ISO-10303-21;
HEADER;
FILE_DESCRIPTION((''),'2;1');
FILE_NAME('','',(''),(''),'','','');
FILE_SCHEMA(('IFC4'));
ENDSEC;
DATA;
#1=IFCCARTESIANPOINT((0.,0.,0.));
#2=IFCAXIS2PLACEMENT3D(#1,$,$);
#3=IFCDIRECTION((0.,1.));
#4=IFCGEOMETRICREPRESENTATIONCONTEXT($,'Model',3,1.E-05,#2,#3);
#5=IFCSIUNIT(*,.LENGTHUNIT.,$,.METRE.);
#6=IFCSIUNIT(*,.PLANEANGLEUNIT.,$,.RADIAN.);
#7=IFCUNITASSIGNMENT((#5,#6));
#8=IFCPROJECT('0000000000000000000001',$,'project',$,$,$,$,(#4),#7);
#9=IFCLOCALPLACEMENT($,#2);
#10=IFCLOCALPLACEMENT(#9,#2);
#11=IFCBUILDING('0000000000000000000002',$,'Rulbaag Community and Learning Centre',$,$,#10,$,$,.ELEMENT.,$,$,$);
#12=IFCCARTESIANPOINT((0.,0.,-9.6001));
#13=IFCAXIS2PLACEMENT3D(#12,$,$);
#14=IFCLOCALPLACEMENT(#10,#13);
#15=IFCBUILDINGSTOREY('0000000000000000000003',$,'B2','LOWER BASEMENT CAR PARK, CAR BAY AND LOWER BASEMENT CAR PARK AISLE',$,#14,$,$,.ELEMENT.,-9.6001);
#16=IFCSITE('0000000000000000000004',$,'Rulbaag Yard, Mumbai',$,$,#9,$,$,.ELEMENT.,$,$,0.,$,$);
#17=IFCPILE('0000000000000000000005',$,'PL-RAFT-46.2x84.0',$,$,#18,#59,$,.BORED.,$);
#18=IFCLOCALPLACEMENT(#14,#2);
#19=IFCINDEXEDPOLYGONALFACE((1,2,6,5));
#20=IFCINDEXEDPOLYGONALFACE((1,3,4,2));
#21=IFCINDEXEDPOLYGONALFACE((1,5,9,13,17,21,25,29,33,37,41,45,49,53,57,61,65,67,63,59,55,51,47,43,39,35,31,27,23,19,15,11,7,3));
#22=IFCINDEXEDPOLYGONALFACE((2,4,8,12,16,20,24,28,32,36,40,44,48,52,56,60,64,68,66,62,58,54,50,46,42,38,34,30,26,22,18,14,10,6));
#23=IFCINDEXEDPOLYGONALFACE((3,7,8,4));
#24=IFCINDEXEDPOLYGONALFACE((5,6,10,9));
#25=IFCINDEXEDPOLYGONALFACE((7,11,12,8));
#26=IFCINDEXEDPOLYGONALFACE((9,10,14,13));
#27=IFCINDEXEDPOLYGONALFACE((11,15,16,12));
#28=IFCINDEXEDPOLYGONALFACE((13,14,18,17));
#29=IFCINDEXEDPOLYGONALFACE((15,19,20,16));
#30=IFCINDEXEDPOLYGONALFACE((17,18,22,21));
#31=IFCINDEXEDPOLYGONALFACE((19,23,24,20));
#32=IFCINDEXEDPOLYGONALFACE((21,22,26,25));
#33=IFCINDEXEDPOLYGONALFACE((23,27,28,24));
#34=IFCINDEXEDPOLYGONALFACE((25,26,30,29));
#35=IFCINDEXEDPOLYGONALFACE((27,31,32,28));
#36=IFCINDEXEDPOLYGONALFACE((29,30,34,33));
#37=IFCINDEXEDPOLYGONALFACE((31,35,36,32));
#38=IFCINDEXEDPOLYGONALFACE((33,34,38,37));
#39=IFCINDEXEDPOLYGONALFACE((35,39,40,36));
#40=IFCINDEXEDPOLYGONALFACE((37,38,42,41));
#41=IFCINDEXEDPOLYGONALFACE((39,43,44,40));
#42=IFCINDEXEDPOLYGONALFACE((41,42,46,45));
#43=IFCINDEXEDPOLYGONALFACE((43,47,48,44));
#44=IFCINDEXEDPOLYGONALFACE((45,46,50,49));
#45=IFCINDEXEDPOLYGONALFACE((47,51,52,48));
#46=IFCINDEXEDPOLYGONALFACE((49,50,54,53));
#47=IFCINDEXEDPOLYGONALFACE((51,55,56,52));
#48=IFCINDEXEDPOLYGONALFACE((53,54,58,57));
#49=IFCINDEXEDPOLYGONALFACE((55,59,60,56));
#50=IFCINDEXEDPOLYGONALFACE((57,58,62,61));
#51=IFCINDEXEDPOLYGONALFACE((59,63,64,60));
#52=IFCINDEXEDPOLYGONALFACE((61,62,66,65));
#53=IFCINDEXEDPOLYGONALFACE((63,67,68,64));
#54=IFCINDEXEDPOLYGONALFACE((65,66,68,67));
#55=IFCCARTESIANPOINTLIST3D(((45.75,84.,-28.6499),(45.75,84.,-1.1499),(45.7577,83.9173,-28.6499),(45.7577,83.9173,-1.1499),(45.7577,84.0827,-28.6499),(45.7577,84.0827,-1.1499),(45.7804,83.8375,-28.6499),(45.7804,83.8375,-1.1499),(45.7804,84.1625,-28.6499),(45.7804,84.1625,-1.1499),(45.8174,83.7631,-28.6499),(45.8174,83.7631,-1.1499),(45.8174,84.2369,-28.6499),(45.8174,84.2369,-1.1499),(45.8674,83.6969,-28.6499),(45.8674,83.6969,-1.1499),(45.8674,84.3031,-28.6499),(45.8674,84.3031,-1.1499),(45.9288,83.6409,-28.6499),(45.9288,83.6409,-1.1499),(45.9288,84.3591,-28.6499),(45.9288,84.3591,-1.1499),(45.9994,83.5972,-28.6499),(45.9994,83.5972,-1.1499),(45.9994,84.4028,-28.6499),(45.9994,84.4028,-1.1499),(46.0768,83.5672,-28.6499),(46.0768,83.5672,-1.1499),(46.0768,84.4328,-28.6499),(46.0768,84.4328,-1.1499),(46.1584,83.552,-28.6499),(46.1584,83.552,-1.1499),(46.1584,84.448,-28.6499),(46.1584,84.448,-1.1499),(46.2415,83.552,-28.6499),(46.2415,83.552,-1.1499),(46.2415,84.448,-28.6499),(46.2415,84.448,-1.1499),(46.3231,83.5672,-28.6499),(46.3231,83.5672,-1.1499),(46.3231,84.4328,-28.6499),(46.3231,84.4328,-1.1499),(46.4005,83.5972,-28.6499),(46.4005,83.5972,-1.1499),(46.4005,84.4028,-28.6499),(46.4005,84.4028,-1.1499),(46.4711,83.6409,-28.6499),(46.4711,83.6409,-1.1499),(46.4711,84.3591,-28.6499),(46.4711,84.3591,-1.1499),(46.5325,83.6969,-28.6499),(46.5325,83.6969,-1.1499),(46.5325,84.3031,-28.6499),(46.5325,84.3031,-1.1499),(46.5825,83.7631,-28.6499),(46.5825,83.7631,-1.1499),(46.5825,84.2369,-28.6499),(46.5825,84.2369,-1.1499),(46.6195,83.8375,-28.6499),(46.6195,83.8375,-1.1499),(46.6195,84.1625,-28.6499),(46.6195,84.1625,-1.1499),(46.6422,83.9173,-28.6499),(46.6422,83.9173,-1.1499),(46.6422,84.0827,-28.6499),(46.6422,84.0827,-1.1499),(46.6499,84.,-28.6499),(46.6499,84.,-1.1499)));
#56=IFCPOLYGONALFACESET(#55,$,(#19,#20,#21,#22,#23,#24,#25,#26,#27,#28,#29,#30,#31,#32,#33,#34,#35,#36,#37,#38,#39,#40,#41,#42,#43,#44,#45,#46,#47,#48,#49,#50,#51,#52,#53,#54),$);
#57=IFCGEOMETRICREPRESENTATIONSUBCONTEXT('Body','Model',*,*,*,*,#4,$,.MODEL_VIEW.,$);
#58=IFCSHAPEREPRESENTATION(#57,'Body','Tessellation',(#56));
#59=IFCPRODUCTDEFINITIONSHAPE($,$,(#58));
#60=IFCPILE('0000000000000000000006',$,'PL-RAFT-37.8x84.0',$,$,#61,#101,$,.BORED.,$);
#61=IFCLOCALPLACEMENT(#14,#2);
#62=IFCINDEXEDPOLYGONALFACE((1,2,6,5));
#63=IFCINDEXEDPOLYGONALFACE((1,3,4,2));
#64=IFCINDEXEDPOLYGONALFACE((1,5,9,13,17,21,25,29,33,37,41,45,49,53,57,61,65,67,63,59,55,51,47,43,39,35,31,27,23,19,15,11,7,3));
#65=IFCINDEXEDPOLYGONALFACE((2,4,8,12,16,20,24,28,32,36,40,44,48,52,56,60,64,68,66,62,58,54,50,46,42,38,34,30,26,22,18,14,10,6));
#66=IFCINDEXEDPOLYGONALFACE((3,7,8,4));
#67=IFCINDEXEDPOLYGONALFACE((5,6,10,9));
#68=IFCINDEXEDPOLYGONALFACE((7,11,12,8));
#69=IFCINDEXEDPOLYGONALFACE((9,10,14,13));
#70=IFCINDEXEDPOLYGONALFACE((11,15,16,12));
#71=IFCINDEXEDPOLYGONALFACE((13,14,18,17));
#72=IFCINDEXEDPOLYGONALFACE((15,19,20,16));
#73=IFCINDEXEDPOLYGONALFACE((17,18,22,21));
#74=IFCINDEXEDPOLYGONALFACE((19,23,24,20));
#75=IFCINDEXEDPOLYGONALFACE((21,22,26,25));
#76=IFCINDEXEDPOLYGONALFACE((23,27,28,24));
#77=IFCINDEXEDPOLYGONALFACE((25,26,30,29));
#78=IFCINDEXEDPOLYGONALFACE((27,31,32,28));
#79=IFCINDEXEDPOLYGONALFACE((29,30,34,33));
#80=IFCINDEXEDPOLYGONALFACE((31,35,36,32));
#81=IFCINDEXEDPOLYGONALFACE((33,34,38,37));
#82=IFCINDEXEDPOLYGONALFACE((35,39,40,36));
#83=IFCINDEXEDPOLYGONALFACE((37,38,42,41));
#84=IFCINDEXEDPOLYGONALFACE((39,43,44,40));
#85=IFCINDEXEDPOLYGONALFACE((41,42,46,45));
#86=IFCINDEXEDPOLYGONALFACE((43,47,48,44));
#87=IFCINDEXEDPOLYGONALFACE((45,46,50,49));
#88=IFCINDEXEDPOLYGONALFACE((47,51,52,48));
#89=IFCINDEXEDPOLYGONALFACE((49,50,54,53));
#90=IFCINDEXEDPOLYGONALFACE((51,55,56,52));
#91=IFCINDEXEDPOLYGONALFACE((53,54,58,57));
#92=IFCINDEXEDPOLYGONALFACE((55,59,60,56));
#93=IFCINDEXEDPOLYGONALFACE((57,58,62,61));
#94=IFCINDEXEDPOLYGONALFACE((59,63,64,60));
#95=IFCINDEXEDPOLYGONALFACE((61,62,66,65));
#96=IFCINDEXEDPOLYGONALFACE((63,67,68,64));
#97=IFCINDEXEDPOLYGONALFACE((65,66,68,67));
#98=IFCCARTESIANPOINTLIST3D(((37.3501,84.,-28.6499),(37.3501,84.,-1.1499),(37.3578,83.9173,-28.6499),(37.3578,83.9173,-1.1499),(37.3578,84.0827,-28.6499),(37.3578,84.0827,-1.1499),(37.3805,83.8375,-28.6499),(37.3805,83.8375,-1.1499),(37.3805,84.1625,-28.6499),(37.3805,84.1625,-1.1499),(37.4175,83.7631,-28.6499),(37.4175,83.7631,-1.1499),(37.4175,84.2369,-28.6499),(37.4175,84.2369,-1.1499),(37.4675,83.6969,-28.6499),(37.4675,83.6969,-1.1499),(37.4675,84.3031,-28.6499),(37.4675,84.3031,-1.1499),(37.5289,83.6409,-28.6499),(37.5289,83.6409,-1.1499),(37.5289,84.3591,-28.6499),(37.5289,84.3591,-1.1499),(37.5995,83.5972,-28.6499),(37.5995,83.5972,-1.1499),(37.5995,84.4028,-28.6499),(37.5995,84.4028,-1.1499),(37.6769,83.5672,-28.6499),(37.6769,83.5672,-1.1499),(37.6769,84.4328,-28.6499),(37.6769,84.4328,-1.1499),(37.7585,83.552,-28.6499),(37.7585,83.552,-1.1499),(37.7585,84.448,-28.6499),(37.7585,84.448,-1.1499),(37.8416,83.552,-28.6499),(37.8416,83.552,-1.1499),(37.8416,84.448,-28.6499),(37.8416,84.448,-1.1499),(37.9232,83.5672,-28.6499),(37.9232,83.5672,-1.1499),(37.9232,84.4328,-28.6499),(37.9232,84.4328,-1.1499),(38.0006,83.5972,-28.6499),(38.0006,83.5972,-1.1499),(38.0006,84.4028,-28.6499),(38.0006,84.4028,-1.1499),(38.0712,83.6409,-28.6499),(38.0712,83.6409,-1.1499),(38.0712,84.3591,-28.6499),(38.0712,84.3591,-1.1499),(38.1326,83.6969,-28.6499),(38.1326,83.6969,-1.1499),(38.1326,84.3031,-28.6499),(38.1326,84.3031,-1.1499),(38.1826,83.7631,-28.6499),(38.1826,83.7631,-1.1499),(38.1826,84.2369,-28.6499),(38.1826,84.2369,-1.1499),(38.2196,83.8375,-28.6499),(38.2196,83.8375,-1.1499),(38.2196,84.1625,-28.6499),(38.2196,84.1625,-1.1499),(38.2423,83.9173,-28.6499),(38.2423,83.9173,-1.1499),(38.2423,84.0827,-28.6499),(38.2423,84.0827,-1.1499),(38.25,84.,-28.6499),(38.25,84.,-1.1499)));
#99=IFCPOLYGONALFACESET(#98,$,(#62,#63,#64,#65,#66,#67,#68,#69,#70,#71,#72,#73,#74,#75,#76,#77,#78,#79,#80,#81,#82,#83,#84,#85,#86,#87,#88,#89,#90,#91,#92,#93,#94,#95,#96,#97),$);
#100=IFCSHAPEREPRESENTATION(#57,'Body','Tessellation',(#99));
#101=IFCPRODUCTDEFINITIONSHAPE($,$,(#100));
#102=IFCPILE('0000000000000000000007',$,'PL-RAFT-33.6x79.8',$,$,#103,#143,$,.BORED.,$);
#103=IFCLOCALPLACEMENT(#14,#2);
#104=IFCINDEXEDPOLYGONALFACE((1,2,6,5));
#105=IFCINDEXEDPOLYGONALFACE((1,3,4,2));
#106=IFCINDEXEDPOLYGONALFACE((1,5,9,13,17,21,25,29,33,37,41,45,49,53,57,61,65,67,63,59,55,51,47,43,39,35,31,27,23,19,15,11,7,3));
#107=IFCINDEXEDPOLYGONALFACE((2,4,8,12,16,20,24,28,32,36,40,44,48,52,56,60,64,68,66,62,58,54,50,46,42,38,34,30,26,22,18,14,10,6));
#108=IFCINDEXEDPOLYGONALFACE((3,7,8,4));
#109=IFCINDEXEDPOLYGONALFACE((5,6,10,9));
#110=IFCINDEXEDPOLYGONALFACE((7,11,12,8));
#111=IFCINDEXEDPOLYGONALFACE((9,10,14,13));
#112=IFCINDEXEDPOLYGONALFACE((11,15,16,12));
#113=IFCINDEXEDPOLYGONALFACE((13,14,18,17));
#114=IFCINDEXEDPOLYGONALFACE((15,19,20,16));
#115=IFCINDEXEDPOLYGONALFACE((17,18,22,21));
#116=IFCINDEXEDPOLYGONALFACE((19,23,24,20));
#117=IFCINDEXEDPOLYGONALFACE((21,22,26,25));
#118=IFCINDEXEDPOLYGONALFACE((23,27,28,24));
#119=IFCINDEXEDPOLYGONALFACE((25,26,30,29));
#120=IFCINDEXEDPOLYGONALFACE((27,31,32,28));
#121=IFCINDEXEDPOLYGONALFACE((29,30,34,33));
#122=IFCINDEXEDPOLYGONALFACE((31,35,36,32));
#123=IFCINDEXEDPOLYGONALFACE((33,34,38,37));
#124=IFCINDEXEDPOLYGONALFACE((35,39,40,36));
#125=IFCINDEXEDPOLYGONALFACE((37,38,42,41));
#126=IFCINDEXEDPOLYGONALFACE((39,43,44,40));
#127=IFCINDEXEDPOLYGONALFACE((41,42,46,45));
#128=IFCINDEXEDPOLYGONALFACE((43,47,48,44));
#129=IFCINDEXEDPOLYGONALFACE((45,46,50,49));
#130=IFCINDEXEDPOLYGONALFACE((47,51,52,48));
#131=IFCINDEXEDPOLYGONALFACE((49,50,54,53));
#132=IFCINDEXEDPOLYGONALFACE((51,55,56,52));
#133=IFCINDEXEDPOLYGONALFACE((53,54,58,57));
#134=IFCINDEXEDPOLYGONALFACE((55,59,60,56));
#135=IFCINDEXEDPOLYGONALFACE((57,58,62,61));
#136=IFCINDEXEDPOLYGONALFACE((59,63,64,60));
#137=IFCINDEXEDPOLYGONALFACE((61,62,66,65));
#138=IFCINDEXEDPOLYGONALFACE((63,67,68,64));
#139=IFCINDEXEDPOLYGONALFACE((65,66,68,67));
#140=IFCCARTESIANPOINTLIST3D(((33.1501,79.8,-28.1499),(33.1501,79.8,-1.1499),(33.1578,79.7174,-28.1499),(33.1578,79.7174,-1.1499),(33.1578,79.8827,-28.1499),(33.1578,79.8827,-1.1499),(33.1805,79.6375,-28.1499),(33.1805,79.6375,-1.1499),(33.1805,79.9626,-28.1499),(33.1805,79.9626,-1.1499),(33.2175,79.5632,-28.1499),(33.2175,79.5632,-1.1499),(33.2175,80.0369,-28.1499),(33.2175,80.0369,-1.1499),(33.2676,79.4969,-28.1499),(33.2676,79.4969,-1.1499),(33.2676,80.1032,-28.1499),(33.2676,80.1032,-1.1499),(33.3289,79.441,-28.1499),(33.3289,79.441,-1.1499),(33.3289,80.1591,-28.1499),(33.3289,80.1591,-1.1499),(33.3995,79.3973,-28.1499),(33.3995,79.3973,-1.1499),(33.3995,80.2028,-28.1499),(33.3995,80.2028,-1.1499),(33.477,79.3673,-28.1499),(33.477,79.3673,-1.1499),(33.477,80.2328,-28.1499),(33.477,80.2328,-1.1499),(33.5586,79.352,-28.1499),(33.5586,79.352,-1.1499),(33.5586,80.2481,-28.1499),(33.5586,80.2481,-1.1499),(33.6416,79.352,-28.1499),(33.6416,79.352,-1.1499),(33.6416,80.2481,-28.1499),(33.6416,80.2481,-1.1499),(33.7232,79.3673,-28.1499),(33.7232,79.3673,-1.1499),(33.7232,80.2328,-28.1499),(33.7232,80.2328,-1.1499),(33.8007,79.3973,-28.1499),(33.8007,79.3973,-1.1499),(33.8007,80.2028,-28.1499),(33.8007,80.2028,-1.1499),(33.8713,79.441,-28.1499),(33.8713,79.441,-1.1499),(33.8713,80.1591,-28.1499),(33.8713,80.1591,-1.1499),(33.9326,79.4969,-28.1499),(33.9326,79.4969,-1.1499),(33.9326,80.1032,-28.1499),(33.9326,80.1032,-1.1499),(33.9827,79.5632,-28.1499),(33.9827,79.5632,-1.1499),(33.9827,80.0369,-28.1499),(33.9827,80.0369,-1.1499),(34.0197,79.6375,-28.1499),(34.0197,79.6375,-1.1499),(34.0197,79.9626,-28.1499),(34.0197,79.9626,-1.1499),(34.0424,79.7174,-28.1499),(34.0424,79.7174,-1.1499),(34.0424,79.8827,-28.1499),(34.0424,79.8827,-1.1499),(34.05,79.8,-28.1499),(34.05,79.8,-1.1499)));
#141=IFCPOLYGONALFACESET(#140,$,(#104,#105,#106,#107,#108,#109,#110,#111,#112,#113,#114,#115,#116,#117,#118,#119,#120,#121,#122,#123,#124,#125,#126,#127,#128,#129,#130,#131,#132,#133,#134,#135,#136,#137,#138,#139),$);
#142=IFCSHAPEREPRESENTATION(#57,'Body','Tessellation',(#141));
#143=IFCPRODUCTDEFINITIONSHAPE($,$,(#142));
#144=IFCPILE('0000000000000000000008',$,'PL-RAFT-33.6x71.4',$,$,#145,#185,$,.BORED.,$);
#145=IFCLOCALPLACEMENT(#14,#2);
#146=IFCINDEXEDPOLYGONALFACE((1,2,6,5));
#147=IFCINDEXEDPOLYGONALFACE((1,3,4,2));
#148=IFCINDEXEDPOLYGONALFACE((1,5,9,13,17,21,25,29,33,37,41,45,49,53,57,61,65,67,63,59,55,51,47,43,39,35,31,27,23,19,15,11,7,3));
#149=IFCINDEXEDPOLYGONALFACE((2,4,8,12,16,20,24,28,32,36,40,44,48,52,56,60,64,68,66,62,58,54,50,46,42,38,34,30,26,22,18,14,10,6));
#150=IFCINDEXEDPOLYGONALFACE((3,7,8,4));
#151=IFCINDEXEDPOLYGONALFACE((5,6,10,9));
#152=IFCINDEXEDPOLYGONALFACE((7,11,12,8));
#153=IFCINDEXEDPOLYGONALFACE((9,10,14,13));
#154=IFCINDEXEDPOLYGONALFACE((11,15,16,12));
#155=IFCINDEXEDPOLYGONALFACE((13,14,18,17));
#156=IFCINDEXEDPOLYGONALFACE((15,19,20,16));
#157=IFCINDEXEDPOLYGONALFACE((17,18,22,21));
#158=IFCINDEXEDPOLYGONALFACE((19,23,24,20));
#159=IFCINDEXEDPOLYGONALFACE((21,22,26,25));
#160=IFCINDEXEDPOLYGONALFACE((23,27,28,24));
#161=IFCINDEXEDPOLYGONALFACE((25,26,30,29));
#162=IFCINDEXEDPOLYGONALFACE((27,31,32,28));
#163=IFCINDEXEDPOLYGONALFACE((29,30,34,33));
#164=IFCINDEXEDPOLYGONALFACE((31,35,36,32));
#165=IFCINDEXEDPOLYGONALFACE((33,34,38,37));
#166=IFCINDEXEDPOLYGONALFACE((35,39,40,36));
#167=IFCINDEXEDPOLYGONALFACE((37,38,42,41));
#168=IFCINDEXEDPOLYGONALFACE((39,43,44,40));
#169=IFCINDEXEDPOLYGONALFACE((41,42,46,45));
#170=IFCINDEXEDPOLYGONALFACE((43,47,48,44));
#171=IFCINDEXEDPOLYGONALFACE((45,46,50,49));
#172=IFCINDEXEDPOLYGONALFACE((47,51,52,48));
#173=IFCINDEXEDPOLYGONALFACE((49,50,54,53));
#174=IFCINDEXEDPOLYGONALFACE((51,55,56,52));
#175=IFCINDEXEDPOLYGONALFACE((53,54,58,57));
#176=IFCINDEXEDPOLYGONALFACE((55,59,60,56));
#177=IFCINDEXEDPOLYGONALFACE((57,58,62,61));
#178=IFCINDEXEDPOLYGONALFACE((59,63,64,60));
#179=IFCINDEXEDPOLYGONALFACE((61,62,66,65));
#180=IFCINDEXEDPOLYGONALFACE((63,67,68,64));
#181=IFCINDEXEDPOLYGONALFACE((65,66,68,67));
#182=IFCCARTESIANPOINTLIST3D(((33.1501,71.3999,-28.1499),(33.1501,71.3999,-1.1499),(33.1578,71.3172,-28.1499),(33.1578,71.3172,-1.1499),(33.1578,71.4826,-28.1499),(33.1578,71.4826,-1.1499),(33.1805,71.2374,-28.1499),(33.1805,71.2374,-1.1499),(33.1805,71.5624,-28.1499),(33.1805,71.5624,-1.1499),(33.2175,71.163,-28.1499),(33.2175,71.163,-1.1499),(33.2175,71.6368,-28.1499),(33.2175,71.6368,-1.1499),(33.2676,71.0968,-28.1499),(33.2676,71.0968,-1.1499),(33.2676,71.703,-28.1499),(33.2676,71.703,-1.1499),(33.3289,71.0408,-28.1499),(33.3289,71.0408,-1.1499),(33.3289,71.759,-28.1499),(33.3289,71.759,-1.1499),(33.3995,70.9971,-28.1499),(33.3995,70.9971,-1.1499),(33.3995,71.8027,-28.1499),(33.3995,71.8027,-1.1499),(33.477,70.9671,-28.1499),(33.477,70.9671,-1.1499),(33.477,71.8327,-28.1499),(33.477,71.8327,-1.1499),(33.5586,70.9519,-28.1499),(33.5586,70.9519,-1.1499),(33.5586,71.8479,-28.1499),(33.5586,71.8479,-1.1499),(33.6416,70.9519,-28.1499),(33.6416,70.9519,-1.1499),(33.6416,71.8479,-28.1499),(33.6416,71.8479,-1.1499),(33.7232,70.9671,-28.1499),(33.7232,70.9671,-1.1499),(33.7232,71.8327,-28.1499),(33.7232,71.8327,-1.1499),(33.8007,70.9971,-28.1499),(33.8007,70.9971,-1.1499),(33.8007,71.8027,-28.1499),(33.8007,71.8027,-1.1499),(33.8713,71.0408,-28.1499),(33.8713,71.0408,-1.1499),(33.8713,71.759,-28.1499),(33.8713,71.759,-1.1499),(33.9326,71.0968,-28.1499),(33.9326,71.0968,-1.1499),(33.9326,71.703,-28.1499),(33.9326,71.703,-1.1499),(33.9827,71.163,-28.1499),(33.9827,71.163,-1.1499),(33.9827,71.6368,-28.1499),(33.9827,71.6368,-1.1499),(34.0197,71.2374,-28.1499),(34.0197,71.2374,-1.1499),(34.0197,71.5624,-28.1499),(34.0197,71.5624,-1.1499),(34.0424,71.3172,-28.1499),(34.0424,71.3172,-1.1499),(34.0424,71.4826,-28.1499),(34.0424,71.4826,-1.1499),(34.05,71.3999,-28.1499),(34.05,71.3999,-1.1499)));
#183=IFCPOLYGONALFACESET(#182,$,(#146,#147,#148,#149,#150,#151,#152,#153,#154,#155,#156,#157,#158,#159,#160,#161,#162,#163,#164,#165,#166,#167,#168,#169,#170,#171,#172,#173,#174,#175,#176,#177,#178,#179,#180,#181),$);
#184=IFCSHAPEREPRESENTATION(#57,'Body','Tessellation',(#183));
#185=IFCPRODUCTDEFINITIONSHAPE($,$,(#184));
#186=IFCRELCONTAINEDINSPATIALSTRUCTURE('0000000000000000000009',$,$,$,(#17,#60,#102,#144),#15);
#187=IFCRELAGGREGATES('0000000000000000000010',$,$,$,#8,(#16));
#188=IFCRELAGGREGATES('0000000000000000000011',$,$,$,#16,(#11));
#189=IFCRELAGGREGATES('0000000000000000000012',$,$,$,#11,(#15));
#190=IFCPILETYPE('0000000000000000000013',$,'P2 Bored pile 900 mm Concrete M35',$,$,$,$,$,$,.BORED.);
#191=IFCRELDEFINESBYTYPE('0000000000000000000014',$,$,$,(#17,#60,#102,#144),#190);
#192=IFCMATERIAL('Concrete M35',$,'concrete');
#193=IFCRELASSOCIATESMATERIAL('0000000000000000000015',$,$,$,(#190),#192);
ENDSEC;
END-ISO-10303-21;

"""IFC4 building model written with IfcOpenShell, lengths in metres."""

from ifc_helpers import new_model, si_unit, direction, frame, origin, origin_2d, place, context, subcontext, project, spatial, circle, extrude, material, material_profile, profile_set, type_object, element, save


model = new_model("IFC4")

# Units and contexts
model_context = context("Model", 3, precision=1e-05, world=origin(), true_north=direction((0.0, 1.0)))
body_context = subcontext(model_context, "Body", "Model", "MODEL_VIEW")
ifc_project = project(units=[si_unit("LENGTHUNIT", "METRE"), si_unit("PLANEANGLEUNIT", "RADIAN")], contexts=[model_context])

# Site, building, storey
site_placement = place(None, origin())
site = spatial("IfcSite", under=ifc_project, at=site_placement, Name="Rulbaag Yard, Mumbai", CompositionType="ELEMENT", RefElevation=0.0)
building_placement = place(site_placement, origin())
building = spatial("IfcBuilding", under=site, at=building_placement, Name="Rulbaag Community and Learning Centre", CompositionType="ELEMENT")
storey_placement = place(building_placement, frame((0.0, 0.0, -9.6001)))
storey = spatial("IfcBuildingStorey", under=building, at=storey_placement, Name="B2", Description="LOWER BASEMENT CAR PARK, CAR BAY AND LOWER BASEMENT CAR PARK AISLE", CompositionType="ELEMENT", Elevation=-9.6001)

# Piles
ifc_material_1 = material(Name="Concrete M35", Category="concrete")
ifc_material_profile_1 = material_profile(ifc_material_1, circle(Radius=0.45, at=origin_2d()), Name="BP900")
ifc_profile_set_1 = profile_set([ifc_material_profile_1], Name="Concrete M35")
pile_type_1 = type_object("IfcPileType", Name="P2 Bored pile 900 mm Concrete M35", PredefinedType="BORED", material=ifc_profile_set_1)
for number, where, z_axis, x_axis, name in (
    (1, (46.2, 84.0, -1.1499), (0.0, 0.0, -1.0), (1.0, 0.0, 0.0), "PL-RAFT-46.2x84.0"),
    (2, (37.8, 84.0, -1.1499), (0.0, 0.0, -1.0), (1.0, 0.0, 0.0), "PL-RAFT-37.8x84.0"),
):
    element("IfcPile", number, at=place(storey_placement, frame(where, z_axis=z_axis, x_axis=x_axis)), inside=storey, type_object=pile_type_1, Name=name, PredefinedType="BORED", context=body_context, shape_type="SweptSolid", body=[
        extrude(circle(Radius=0.45, at=origin_2d()), origin(), (0.0, 0.0, 1.0), 27.5),
    ])
for number, where, z_axis, x_axis, name in (
    (3, (33.6001, 79.8, -1.1499), (0.0, 0.0, -1.0), (1.0, 0.0, 0.0), "PL-RAFT-33.6x79.8"),
    (4, (33.6001, 71.3999, -1.1499), (0.0, 0.0, -1.0), (1.0, 0.0, 0.0), "PL-RAFT-33.6x71.4"),
):
    element("IfcPile", number, at=place(storey_placement, frame(where, z_axis=z_axis, x_axis=x_axis)), inside=storey, type_object=pile_type_1, Name=name, PredefinedType="BORED", context=body_context, shape_type="SweptSolid", body=[
        extrude(circle(Radius=0.45, at=origin_2d()), origin(), (0.0, 0.0, 1.0), 27.0),
    ])

save(model, "model.ifc")
